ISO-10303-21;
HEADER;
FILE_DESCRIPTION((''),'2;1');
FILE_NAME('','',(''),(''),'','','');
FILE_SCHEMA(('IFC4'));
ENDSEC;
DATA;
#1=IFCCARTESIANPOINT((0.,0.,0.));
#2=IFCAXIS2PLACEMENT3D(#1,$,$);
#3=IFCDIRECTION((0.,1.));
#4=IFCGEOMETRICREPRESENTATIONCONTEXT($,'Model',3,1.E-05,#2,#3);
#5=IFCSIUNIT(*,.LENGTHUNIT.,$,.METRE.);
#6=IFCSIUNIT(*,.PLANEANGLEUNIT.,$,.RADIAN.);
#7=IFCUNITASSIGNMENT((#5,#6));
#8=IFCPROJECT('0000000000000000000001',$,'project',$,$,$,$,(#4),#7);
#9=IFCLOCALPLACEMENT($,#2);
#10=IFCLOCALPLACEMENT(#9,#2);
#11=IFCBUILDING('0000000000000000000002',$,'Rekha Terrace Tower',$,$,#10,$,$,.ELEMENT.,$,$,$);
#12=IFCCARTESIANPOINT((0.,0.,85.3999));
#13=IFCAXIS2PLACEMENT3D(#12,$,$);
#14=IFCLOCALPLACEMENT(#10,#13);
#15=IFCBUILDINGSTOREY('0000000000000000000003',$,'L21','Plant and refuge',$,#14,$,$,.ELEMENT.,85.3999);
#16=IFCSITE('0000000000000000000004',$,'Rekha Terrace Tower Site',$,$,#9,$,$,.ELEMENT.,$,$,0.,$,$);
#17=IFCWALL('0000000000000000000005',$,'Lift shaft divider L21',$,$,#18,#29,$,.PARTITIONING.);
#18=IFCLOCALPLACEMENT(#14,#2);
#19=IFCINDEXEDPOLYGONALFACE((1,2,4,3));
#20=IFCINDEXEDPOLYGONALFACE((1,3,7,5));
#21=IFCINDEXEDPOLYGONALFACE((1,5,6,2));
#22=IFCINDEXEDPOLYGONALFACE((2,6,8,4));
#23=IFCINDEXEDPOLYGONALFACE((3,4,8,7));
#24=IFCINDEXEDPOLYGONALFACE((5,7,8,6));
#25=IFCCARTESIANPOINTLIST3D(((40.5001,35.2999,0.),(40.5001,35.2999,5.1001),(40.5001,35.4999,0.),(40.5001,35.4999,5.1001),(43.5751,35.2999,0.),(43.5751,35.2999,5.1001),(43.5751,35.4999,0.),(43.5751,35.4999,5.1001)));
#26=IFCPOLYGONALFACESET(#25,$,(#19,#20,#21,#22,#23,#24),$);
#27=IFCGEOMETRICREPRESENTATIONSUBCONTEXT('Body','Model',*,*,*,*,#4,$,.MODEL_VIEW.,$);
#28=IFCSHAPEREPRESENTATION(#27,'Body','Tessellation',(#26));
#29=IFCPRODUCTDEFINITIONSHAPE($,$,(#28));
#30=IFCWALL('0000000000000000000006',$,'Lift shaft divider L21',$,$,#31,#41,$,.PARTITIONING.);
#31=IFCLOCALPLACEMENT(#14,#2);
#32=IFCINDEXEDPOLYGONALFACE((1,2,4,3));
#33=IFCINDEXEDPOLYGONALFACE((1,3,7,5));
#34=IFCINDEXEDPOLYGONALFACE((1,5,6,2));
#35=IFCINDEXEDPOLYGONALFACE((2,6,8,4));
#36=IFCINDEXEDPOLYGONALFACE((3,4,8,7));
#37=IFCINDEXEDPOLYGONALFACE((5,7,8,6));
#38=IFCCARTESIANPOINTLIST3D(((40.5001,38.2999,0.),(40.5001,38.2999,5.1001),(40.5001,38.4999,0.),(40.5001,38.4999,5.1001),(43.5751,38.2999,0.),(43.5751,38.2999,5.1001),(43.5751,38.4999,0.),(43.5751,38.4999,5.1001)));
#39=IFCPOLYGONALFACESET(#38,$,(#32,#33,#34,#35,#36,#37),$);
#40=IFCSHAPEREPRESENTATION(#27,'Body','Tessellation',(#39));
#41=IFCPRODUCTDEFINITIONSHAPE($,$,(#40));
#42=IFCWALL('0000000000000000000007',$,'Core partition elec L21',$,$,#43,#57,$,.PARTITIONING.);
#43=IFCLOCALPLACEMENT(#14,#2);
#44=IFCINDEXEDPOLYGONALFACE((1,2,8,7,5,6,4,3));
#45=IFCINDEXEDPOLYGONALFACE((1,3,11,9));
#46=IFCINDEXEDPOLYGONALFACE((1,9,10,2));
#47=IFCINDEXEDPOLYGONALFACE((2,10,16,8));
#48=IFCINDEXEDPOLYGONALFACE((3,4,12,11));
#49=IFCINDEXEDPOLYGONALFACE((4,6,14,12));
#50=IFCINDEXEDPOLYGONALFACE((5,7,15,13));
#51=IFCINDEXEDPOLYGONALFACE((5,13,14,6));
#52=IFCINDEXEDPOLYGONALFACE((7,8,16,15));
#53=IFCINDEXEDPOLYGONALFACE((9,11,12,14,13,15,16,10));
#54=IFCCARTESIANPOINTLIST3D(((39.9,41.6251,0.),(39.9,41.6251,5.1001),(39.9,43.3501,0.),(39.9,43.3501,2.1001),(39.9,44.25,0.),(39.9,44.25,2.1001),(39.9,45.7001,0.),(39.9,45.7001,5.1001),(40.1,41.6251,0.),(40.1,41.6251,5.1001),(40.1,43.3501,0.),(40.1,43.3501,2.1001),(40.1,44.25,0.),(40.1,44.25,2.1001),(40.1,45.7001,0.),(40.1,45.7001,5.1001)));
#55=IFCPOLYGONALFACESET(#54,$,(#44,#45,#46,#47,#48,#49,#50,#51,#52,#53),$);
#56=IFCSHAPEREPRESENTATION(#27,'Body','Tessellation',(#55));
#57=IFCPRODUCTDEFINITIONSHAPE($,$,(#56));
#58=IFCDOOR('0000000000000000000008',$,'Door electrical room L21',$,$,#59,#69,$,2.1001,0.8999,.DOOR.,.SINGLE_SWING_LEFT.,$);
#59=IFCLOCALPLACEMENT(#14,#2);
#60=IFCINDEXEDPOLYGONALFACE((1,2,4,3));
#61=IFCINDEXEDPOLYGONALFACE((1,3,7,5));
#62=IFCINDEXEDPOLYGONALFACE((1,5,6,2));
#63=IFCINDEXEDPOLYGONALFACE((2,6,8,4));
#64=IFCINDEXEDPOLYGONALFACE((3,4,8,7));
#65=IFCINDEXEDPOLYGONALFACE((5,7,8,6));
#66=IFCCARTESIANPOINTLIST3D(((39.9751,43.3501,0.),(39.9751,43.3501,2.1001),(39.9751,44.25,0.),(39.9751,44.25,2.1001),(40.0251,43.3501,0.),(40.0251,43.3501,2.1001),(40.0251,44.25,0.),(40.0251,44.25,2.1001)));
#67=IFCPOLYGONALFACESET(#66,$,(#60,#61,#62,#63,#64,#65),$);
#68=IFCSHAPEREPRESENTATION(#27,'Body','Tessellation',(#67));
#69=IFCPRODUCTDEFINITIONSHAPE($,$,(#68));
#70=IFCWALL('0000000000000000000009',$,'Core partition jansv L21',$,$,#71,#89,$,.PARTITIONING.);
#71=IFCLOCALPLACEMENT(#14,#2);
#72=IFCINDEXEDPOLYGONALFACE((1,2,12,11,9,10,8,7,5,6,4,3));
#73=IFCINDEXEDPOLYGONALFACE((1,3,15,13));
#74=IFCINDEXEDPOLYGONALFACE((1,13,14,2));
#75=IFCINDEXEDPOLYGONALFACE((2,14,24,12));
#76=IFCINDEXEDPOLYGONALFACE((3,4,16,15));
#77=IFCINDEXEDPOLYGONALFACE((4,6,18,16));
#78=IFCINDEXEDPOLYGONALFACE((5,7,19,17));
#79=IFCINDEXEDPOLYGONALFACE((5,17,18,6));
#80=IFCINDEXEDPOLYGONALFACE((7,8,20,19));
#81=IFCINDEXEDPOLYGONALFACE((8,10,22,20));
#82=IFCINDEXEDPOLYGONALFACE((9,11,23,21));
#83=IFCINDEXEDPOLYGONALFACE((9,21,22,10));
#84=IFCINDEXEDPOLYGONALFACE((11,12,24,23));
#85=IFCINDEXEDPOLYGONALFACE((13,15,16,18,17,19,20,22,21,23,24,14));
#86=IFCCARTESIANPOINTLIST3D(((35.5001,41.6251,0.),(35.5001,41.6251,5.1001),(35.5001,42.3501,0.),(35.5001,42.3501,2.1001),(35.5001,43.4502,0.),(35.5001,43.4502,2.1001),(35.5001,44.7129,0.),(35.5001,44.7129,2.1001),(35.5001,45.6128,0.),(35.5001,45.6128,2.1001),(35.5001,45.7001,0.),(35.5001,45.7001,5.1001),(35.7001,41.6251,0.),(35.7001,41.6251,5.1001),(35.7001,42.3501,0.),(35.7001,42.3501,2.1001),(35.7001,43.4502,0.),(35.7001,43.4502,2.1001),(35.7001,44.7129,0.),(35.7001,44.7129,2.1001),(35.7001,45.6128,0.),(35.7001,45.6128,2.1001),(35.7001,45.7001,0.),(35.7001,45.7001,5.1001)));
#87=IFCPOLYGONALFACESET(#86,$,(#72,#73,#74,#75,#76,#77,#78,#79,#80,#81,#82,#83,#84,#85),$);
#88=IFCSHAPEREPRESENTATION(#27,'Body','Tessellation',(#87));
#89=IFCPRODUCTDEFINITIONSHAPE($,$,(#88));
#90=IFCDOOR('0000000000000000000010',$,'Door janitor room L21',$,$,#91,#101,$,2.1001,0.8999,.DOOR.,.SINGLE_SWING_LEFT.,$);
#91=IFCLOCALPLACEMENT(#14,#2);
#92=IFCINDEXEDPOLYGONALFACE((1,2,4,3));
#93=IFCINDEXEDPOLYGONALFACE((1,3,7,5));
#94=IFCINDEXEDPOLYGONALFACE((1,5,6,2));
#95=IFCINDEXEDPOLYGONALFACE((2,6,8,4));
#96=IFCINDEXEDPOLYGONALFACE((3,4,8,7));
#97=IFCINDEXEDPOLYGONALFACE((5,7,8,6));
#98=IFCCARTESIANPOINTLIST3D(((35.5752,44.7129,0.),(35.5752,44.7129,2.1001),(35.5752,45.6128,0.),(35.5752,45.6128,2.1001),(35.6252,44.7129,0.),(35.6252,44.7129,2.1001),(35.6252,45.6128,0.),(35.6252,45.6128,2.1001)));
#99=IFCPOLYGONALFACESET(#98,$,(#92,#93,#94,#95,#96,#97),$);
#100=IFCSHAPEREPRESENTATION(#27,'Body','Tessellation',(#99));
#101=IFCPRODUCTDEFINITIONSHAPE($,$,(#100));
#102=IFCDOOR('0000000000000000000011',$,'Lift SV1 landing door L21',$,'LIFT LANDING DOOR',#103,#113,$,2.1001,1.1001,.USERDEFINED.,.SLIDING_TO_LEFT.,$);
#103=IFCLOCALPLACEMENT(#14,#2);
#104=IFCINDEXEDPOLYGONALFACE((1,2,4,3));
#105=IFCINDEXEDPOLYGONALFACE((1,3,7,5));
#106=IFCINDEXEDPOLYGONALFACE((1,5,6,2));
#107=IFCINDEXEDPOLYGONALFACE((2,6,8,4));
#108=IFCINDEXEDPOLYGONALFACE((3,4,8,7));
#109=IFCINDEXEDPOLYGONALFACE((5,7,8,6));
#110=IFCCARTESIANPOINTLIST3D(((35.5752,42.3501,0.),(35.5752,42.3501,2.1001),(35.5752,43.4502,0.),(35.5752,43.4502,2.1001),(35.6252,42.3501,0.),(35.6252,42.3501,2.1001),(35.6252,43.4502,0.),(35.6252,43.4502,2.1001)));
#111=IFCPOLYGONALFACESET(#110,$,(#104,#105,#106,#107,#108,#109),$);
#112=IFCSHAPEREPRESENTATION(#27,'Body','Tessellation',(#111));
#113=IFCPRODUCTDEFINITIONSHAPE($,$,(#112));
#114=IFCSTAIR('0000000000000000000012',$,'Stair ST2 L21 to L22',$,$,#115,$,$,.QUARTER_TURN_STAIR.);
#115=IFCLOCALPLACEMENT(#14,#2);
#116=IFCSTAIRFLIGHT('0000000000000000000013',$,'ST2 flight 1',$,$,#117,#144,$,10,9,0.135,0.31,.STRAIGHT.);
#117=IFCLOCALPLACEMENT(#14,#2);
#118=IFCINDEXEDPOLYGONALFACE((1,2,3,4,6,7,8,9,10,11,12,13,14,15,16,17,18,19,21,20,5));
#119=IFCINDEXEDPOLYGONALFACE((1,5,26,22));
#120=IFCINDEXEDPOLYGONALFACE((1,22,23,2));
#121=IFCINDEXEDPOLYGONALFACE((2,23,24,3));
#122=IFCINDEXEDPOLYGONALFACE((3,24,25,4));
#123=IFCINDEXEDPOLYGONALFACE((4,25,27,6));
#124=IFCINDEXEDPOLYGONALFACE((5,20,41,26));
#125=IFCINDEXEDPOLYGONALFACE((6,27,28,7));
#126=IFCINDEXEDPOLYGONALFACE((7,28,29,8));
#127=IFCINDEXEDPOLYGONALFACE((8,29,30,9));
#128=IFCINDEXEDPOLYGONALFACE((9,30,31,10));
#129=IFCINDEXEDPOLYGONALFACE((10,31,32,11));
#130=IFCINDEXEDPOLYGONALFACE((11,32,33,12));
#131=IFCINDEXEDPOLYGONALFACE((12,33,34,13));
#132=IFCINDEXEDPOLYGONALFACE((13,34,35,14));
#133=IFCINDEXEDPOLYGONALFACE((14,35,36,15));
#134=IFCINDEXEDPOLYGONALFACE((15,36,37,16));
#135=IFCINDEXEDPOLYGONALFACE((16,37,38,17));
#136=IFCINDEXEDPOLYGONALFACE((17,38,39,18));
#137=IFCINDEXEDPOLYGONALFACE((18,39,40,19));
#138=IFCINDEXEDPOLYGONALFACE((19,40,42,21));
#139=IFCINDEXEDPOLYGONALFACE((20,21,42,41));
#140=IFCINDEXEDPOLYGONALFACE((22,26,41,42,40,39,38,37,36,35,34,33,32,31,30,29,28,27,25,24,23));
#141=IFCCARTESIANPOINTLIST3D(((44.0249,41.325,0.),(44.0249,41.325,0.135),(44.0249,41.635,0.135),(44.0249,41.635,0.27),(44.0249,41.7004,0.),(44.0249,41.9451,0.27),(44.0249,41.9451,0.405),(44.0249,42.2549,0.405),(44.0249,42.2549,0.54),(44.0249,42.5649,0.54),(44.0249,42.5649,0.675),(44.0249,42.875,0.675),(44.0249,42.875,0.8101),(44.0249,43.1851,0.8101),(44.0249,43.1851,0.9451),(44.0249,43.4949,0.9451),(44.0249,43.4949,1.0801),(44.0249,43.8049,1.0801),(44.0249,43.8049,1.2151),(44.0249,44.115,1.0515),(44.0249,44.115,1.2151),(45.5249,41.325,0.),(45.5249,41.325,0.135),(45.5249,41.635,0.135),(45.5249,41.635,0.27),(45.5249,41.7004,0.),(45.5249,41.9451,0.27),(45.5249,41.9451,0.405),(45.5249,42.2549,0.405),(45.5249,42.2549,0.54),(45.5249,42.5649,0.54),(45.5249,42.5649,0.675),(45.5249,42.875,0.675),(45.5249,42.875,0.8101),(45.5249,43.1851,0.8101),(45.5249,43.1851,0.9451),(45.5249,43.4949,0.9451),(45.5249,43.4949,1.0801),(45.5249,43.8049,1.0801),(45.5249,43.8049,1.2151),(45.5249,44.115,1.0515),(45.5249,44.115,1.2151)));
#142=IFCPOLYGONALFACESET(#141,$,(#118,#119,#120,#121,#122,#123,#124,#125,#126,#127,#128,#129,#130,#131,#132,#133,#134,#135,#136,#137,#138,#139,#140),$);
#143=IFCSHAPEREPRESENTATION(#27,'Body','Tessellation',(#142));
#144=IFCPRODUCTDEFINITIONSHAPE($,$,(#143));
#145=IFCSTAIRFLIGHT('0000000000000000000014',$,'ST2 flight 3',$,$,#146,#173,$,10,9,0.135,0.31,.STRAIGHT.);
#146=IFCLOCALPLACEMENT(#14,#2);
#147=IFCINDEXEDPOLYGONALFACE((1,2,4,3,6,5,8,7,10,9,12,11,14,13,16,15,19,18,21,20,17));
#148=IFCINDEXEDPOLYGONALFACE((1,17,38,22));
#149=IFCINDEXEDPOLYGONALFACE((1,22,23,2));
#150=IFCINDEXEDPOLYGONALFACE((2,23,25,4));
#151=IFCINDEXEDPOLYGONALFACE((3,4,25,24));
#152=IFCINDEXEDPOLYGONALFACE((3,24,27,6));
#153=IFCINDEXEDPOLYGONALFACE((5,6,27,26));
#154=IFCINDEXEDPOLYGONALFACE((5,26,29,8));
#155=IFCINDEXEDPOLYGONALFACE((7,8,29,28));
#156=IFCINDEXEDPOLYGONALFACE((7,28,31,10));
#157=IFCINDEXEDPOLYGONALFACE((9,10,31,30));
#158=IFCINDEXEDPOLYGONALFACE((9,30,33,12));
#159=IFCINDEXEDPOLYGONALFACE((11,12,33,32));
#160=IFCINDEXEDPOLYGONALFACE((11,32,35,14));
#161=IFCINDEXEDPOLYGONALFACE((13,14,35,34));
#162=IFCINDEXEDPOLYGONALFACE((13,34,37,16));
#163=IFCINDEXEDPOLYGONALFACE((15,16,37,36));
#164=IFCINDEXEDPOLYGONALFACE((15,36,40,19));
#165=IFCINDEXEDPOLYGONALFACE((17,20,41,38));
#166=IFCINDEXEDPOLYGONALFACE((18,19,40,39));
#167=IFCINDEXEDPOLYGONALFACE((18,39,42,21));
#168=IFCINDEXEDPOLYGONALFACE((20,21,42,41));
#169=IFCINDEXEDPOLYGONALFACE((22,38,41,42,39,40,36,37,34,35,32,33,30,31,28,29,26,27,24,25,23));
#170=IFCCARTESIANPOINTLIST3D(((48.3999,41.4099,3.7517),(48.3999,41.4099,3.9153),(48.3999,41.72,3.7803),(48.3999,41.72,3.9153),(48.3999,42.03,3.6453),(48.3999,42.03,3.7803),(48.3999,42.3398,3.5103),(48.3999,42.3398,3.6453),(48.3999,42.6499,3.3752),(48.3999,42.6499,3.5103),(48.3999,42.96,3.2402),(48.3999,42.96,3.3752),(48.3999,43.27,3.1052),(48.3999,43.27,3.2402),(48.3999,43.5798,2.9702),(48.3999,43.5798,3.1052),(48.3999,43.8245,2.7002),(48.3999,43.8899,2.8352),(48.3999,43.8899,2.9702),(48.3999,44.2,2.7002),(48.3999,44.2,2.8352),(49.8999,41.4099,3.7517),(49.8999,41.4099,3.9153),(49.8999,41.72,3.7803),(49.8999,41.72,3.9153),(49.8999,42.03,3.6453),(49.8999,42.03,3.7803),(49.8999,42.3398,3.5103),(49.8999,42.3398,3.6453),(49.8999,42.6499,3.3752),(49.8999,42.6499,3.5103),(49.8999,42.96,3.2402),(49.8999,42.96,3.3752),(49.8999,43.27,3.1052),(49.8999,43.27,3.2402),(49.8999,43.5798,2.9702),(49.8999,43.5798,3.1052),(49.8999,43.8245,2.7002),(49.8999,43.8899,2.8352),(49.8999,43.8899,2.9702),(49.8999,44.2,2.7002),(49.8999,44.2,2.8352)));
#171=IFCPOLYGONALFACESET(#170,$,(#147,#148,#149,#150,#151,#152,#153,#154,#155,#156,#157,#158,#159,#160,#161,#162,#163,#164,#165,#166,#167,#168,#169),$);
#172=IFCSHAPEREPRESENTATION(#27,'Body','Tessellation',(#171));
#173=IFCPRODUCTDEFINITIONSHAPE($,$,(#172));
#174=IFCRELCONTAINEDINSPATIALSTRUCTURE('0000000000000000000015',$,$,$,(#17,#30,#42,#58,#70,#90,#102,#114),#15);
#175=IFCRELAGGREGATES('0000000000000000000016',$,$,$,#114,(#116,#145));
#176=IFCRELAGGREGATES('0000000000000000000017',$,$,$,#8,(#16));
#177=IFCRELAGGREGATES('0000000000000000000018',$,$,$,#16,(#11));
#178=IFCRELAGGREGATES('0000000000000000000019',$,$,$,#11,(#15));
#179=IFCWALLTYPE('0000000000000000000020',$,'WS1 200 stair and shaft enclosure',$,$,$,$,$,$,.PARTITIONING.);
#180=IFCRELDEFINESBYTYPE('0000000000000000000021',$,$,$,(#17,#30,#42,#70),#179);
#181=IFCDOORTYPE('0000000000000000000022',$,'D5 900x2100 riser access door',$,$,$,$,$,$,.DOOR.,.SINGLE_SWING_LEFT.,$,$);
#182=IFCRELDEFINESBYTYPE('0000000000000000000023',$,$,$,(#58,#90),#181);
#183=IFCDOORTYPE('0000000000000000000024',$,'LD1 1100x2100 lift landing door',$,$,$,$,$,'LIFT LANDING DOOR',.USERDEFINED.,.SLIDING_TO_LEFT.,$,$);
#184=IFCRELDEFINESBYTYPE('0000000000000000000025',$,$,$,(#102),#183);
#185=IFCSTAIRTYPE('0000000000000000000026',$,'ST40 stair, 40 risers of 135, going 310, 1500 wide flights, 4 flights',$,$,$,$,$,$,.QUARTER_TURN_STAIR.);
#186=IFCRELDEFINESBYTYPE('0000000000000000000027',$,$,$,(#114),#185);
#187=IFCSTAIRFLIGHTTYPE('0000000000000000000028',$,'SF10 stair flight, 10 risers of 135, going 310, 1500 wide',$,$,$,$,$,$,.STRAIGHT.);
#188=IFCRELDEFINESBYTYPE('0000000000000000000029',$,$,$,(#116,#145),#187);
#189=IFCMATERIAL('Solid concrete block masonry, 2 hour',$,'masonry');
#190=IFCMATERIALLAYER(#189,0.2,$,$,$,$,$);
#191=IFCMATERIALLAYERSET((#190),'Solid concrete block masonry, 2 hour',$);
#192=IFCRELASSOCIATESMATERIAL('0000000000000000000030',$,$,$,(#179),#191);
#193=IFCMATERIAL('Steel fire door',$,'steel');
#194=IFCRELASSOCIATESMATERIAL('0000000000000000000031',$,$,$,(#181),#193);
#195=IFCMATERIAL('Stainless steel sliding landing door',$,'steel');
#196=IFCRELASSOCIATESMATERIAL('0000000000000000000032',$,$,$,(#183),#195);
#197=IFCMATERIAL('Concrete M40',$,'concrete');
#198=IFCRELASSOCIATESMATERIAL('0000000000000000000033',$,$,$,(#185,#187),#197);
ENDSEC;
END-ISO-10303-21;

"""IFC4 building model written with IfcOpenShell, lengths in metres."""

from ifc_helpers import new_model, si_unit, direction, frame, frame_2d, origin, place, context, subcontext, project, spatial, polyline, rectangle, outline, extrude, material, layer, layer_set, type_object, element, fill, aggregate, save


model = new_model("IFC4")

# Units and contexts
model_context = context("Model", 3, precision=1e-05, world=origin(), true_north=direction((0.0, 1.0)))
body_context = subcontext(model_context, "Body", "Model", "MODEL_VIEW")
ifc_project = project(units=[si_unit("LENGTHUNIT", "METRE"), si_unit("PLANEANGLEUNIT", "RADIAN")], contexts=[model_context])

# Site, building, storey
site_placement = place(None, origin())
site = spatial("IfcSite", under=ifc_project, at=site_placement, Name="Rekha Terrace Tower Site", CompositionType="ELEMENT", RefElevation=0.0)
building_placement = place(site_placement, origin())
building = spatial("IfcBuilding", under=site, at=building_placement, Name="Rekha Terrace Tower", CompositionType="ELEMENT")
storey_placement = place(building_placement, frame((0.0, 0.0, 85.3999)))
storey = spatial("IfcBuildingStorey", under=building, at=storey_placement, Name="L21", Description="Plant and refuge", CompositionType="ELEMENT", Elevation=85.3999)

# Shared definitions
ifc_material_1 = material(Name="Stainless steel sliding landing door", Category="steel")
ifc_material_2 = material(Name="Steel fire door", Category="steel")

# Walls
ifc_material_3 = material(Name="Solid concrete block masonry, 2 hour", Category="masonry")
ifc_layer_1 = layer(ifc_material_3, 0.2)
ifc_layer_set_1 = layer_set([ifc_layer_1], Name="Solid concrete block masonry, 2 hour")
wall_type_1 = type_object("IfcWallType", Name="WS1 200 stair and shaft enclosure", PredefinedType="PARTITIONING", material=ifc_layer_set_1)
for number, where, z_axis, x_axis, name in (
    (1, (40.5, 35.3999, 0.0), (0.0, 0.0, 1.0), (1.0, 0.0, 0.0), "Lift shaft divider L21"),
    (2, (40.5, 38.3999, 0.0), (0.0, 0.0, 1.0), (1.0, 0.0, 0.0), "Lift shaft divider L21"),
):
    element("IfcWall", number, at=place(storey_placement, frame(where, z_axis=z_axis, x_axis=x_axis)), inside=storey, type_object=wall_type_1, Name=name, PredefinedType="PARTITIONING", context=body_context, shape_type="SweptSolid", body=[
        extrude(rectangle(XDim=3.075, YDim=0.2, at=frame_2d((1.5376, 0.0))), origin(), (0.0, 0.0, 1.0), 5.1001),
    ])

# Wall, opening, door
wall_1_placement = place(storey_placement, frame((40.0, 41.625, 0.0), z_axis=(0.0, 0.0, 1.0), x_axis=(0.0, 1.0, 0.0)))
wall_1 = element("IfcWall", 3, at=wall_1_placement, inside=storey, type_object=wall_type_1, Name="Core partition elec L21", PredefinedType="PARTITIONING", context=body_context, shape_type="SweptSolid", body=[
    extrude(rectangle(XDim=4.075, YDim=0.2, at=frame_2d((2.0376, 0.0))), origin(), (0.0, 0.0, 1.0), 5.1001),
])
opening_1_placement = place(wall_1_placement, frame((1.7251, 0.0, 0.0)))
opening_1 = element("IfcOpeningElement", 4, at=opening_1_placement, cuts=wall_1, PredefinedType="OPENING", context=body_context, shape_type="SweptSolid", body=[
    extrude(rectangle(XDim=0.8999, YDim=2.1001, at=frame_2d((0.45, 1.05))), frame((0.0, 0.1099, 0.0), z_axis=(0.0, -1.0, 0.0), x_axis=(1.0, 0.0, 0.0)), (0.0, 0.0, 1.0), 0.22),
])
door_type_1 = type_object("IfcDoorType", Name="D5 900x2100 riser access door", OperationType="SINGLE_SWING_LEFT", PredefinedType="DOOR", material=ifc_material_2)
door_1_placement = place(opening_1_placement, origin())
door_1 = element("IfcDoor", 5, at=door_1_placement, inside=storey, type_object=door_type_1, Name="Door electrical room L21", OperationType="SINGLE_SWING_LEFT", OverallHeight=2.1001, OverallWidth=0.8999, PredefinedType="DOOR", context=body_context, shape_type="SweptSolid", body=[
    extrude(rectangle(XDim=0.8999, YDim=2.1001, at=frame_2d((0.45, 1.05))), frame((0.0, 0.0249, 0.0), z_axis=(0.0, -1.0, 0.0), x_axis=(1.0, 0.0, 0.0)), (0.0, 0.0, 1.0), 0.05),
])
fill(opening_1, door_1)

# Wall, openings, doors
wall_2_placement = place(storey_placement, frame((35.6001, 41.625, 0.0), z_axis=(0.0, 0.0, 1.0), x_axis=(0.0, 1.0, 0.0)))
wall_2 = element("IfcWall", 6, at=wall_2_placement, inside=storey, type_object=wall_type_1, Name="Core partition jansv L21", PredefinedType="PARTITIONING", context=body_context, shape_type="SweptSolid", body=[
    extrude(rectangle(XDim=4.075, YDim=0.2, at=frame_2d((2.0376, 0.0))), origin(), (0.0, 0.0, 1.0), 5.1001),
])
opening_2_placement = place(wall_2_placement, frame((3.0879, 0.0, 0.0)))
opening_2 = element("IfcOpeningElement", 7, at=opening_2_placement, cuts=wall_2, PredefinedType="OPENING", context=body_context, shape_type="SweptSolid", body=[
    extrude(rectangle(XDim=0.8999, YDim=2.1001, at=frame_2d((0.45, 1.05))), frame((0.0, 0.1099, 0.0), z_axis=(0.0, -1.0, 0.0), x_axis=(1.0, 0.0, 0.0)), (0.0, 0.0, 1.0), 0.22),
])
opening_3_placement = place(wall_2_placement, frame((0.7251, 0.0, 0.0)))
opening_3 = element("IfcOpeningElement", 8, at=opening_3_placement, cuts=wall_2, PredefinedType="OPENING", context=body_context, shape_type="SweptSolid", body=[
    extrude(rectangle(XDim=1.1001, YDim=2.1001, at=frame_2d((0.55, 1.05))), frame((0.0, 0.1099, 0.0), z_axis=(0.0, -1.0, 0.0), x_axis=(1.0, 0.0, 0.0)), (0.0, 0.0, 1.0), 0.22),
])
door_2_placement = place(opening_2_placement, origin())
door_2 = element("IfcDoor", 9, at=door_2_placement, inside=storey, type_object=door_type_1, Name="Door janitor room L21", OperationType="SINGLE_SWING_LEFT", OverallHeight=2.1001, OverallWidth=0.8999, PredefinedType="DOOR", context=body_context, shape_type="SweptSolid", body=[
    extrude(rectangle(XDim=0.8999, YDim=2.1001, at=frame_2d((0.45, 1.05))), frame((0.0, 0.0249, 0.0), z_axis=(0.0, -1.0, 0.0), x_axis=(1.0, 0.0, 0.0)), (0.0, 0.0, 1.0), 0.05),
])
fill(opening_2, door_2)
door_type_2 = type_object("IfcDoorType", Name="LD1 1100x2100 lift landing door", ElementType="LIFT LANDING DOOR", OperationType="SLIDING_TO_LEFT", PredefinedType="USERDEFINED", material=ifc_material_1)
door_3_placement = place(opening_3_placement, origin())
door_3 = element("IfcDoor", 10, at=door_3_placement, inside=storey, type_object=door_type_2, Name="Lift SV1 landing door L21", ObjectType="LIFT LANDING DOOR", OperationType="SLIDING_TO_LEFT", OverallHeight=2.1001, OverallWidth=1.1001, PredefinedType="USERDEFINED", context=body_context, shape_type="SweptSolid", body=[
    extrude(rectangle(XDim=1.1001, YDim=2.1001, at=frame_2d((0.55, 1.05))), frame((0.0, 0.0249, 0.0), z_axis=(0.0, -1.0, 0.0), x_axis=(1.0, 0.0, 0.0)), (0.0, 0.0, 1.0), 0.05),
])
fill(opening_3, door_3)

# Stair, stair flights
ifc_material_4 = material(Name="Concrete M40", Category="concrete")
stair_type = type_object("IfcStairType", Name="ST40 stair, 40 risers of 135, going 310, 1500 wide flights, 4 flights", PredefinedType="QUARTER_TURN_STAIR", material=ifc_material_4)
stair_placement = place(storey_placement, origin())
stair = element("IfcStair", 11, at=stair_placement, inside=storey, type_object=stair_type, Name="Stair ST2 L21 to L22", PredefinedType="QUARTER_TURN_STAIR")
stair_flight_type = type_object("IfcStairFlightType", Name="SF10 stair flight, 10 risers of 135, going 310, 1500 wide", PredefinedType="STRAIGHT", material=ifc_material_4)
stair_flight_1_placement = place(storey_placement, frame((44.7749, 41.325, 0.0), z_axis=(0.0, 0.0, 1.0), x_axis=(0.0, 1.0, 0.0)))
stair_flight_1 = element("IfcStairFlight", 12, at=stair_flight_1_placement, type_object=stair_flight_type, Name="ST2 flight 1", NumberOfRisers=10, NumberOfTreads=9, PredefinedType="STRAIGHT", RiserHeight=0.135, TreadLength=0.31, context=body_context, shape_type="SweptSolid", body=[
    extrude(outline(polyline([(0.0, 0.0), (0.0, 0.135), (0.3101, 0.135), (0.3101, 0.27), (0.6201, 0.27), (0.6201, 0.405), (0.9299, 0.405), (0.9299, 0.54), (1.24, 0.54), (1.24, 0.675), (1.55, 0.675), (1.55, 0.8101), (1.8601, 0.8101), (1.8601, 0.9451), (2.1699, 0.9451), (2.1699, 1.0801), (2.48, 1.0801), (2.48, 1.2151), (2.79, 1.2151), (2.79, 1.3501), (2.79, 1.0515), (0.3755, 0.0), (0.0, 0.0)])), frame((0.0, 0.75, 0.0), z_axis=(0.0, -1.0, 0.0), x_axis=(1.0, 0.0, 0.0)), (0.0, 0.0, 1.0), 1.5),
])
stair_flight_2_placement = place(storey_placement, frame((49.1499, 44.2, 2.7002), z_axis=(0.0, 0.0, 1.0), x_axis=(0.0, -1.0, 0.0)))
stair_flight_2 = element("IfcStairFlight", 13, at=stair_flight_2_placement, type_object=stair_flight_type, Name="ST2 flight 3", NumberOfRisers=10, NumberOfTreads=9, PredefinedType="STRAIGHT", RiserHeight=0.135, TreadLength=0.31, context=body_context, shape_type="SweptSolid", body=[
    extrude(outline(polyline([(0.0, 0.0), (0.0, 0.135), (0.3101, 0.135), (0.3101, 0.27), (0.6201, 0.27), (0.6201, 0.405), (0.9299, 0.405), (0.9299, 0.54), (1.24, 0.54), (1.24, 0.675), (1.55, 0.675), (1.55, 0.8101), (1.8601, 0.8101), (1.8601, 0.9451), (2.1699, 0.9451), (2.1699, 1.0801), (2.48, 1.0801), (2.48, 1.2151), (2.79, 1.2151), (2.79, 1.3501), (2.79, 1.0515), (0.3755, 0.0), (0.0, 0.0)])), frame((0.0, 0.75, 0.0), z_axis=(0.0, -1.0, 0.0), x_axis=(1.0, 0.0, 0.0)), (0.0, 0.0, 1.0), 1.5),
])
aggregate(stair, [stair_flight_1, stair_flight_2])

save(model, "model.ifc")
